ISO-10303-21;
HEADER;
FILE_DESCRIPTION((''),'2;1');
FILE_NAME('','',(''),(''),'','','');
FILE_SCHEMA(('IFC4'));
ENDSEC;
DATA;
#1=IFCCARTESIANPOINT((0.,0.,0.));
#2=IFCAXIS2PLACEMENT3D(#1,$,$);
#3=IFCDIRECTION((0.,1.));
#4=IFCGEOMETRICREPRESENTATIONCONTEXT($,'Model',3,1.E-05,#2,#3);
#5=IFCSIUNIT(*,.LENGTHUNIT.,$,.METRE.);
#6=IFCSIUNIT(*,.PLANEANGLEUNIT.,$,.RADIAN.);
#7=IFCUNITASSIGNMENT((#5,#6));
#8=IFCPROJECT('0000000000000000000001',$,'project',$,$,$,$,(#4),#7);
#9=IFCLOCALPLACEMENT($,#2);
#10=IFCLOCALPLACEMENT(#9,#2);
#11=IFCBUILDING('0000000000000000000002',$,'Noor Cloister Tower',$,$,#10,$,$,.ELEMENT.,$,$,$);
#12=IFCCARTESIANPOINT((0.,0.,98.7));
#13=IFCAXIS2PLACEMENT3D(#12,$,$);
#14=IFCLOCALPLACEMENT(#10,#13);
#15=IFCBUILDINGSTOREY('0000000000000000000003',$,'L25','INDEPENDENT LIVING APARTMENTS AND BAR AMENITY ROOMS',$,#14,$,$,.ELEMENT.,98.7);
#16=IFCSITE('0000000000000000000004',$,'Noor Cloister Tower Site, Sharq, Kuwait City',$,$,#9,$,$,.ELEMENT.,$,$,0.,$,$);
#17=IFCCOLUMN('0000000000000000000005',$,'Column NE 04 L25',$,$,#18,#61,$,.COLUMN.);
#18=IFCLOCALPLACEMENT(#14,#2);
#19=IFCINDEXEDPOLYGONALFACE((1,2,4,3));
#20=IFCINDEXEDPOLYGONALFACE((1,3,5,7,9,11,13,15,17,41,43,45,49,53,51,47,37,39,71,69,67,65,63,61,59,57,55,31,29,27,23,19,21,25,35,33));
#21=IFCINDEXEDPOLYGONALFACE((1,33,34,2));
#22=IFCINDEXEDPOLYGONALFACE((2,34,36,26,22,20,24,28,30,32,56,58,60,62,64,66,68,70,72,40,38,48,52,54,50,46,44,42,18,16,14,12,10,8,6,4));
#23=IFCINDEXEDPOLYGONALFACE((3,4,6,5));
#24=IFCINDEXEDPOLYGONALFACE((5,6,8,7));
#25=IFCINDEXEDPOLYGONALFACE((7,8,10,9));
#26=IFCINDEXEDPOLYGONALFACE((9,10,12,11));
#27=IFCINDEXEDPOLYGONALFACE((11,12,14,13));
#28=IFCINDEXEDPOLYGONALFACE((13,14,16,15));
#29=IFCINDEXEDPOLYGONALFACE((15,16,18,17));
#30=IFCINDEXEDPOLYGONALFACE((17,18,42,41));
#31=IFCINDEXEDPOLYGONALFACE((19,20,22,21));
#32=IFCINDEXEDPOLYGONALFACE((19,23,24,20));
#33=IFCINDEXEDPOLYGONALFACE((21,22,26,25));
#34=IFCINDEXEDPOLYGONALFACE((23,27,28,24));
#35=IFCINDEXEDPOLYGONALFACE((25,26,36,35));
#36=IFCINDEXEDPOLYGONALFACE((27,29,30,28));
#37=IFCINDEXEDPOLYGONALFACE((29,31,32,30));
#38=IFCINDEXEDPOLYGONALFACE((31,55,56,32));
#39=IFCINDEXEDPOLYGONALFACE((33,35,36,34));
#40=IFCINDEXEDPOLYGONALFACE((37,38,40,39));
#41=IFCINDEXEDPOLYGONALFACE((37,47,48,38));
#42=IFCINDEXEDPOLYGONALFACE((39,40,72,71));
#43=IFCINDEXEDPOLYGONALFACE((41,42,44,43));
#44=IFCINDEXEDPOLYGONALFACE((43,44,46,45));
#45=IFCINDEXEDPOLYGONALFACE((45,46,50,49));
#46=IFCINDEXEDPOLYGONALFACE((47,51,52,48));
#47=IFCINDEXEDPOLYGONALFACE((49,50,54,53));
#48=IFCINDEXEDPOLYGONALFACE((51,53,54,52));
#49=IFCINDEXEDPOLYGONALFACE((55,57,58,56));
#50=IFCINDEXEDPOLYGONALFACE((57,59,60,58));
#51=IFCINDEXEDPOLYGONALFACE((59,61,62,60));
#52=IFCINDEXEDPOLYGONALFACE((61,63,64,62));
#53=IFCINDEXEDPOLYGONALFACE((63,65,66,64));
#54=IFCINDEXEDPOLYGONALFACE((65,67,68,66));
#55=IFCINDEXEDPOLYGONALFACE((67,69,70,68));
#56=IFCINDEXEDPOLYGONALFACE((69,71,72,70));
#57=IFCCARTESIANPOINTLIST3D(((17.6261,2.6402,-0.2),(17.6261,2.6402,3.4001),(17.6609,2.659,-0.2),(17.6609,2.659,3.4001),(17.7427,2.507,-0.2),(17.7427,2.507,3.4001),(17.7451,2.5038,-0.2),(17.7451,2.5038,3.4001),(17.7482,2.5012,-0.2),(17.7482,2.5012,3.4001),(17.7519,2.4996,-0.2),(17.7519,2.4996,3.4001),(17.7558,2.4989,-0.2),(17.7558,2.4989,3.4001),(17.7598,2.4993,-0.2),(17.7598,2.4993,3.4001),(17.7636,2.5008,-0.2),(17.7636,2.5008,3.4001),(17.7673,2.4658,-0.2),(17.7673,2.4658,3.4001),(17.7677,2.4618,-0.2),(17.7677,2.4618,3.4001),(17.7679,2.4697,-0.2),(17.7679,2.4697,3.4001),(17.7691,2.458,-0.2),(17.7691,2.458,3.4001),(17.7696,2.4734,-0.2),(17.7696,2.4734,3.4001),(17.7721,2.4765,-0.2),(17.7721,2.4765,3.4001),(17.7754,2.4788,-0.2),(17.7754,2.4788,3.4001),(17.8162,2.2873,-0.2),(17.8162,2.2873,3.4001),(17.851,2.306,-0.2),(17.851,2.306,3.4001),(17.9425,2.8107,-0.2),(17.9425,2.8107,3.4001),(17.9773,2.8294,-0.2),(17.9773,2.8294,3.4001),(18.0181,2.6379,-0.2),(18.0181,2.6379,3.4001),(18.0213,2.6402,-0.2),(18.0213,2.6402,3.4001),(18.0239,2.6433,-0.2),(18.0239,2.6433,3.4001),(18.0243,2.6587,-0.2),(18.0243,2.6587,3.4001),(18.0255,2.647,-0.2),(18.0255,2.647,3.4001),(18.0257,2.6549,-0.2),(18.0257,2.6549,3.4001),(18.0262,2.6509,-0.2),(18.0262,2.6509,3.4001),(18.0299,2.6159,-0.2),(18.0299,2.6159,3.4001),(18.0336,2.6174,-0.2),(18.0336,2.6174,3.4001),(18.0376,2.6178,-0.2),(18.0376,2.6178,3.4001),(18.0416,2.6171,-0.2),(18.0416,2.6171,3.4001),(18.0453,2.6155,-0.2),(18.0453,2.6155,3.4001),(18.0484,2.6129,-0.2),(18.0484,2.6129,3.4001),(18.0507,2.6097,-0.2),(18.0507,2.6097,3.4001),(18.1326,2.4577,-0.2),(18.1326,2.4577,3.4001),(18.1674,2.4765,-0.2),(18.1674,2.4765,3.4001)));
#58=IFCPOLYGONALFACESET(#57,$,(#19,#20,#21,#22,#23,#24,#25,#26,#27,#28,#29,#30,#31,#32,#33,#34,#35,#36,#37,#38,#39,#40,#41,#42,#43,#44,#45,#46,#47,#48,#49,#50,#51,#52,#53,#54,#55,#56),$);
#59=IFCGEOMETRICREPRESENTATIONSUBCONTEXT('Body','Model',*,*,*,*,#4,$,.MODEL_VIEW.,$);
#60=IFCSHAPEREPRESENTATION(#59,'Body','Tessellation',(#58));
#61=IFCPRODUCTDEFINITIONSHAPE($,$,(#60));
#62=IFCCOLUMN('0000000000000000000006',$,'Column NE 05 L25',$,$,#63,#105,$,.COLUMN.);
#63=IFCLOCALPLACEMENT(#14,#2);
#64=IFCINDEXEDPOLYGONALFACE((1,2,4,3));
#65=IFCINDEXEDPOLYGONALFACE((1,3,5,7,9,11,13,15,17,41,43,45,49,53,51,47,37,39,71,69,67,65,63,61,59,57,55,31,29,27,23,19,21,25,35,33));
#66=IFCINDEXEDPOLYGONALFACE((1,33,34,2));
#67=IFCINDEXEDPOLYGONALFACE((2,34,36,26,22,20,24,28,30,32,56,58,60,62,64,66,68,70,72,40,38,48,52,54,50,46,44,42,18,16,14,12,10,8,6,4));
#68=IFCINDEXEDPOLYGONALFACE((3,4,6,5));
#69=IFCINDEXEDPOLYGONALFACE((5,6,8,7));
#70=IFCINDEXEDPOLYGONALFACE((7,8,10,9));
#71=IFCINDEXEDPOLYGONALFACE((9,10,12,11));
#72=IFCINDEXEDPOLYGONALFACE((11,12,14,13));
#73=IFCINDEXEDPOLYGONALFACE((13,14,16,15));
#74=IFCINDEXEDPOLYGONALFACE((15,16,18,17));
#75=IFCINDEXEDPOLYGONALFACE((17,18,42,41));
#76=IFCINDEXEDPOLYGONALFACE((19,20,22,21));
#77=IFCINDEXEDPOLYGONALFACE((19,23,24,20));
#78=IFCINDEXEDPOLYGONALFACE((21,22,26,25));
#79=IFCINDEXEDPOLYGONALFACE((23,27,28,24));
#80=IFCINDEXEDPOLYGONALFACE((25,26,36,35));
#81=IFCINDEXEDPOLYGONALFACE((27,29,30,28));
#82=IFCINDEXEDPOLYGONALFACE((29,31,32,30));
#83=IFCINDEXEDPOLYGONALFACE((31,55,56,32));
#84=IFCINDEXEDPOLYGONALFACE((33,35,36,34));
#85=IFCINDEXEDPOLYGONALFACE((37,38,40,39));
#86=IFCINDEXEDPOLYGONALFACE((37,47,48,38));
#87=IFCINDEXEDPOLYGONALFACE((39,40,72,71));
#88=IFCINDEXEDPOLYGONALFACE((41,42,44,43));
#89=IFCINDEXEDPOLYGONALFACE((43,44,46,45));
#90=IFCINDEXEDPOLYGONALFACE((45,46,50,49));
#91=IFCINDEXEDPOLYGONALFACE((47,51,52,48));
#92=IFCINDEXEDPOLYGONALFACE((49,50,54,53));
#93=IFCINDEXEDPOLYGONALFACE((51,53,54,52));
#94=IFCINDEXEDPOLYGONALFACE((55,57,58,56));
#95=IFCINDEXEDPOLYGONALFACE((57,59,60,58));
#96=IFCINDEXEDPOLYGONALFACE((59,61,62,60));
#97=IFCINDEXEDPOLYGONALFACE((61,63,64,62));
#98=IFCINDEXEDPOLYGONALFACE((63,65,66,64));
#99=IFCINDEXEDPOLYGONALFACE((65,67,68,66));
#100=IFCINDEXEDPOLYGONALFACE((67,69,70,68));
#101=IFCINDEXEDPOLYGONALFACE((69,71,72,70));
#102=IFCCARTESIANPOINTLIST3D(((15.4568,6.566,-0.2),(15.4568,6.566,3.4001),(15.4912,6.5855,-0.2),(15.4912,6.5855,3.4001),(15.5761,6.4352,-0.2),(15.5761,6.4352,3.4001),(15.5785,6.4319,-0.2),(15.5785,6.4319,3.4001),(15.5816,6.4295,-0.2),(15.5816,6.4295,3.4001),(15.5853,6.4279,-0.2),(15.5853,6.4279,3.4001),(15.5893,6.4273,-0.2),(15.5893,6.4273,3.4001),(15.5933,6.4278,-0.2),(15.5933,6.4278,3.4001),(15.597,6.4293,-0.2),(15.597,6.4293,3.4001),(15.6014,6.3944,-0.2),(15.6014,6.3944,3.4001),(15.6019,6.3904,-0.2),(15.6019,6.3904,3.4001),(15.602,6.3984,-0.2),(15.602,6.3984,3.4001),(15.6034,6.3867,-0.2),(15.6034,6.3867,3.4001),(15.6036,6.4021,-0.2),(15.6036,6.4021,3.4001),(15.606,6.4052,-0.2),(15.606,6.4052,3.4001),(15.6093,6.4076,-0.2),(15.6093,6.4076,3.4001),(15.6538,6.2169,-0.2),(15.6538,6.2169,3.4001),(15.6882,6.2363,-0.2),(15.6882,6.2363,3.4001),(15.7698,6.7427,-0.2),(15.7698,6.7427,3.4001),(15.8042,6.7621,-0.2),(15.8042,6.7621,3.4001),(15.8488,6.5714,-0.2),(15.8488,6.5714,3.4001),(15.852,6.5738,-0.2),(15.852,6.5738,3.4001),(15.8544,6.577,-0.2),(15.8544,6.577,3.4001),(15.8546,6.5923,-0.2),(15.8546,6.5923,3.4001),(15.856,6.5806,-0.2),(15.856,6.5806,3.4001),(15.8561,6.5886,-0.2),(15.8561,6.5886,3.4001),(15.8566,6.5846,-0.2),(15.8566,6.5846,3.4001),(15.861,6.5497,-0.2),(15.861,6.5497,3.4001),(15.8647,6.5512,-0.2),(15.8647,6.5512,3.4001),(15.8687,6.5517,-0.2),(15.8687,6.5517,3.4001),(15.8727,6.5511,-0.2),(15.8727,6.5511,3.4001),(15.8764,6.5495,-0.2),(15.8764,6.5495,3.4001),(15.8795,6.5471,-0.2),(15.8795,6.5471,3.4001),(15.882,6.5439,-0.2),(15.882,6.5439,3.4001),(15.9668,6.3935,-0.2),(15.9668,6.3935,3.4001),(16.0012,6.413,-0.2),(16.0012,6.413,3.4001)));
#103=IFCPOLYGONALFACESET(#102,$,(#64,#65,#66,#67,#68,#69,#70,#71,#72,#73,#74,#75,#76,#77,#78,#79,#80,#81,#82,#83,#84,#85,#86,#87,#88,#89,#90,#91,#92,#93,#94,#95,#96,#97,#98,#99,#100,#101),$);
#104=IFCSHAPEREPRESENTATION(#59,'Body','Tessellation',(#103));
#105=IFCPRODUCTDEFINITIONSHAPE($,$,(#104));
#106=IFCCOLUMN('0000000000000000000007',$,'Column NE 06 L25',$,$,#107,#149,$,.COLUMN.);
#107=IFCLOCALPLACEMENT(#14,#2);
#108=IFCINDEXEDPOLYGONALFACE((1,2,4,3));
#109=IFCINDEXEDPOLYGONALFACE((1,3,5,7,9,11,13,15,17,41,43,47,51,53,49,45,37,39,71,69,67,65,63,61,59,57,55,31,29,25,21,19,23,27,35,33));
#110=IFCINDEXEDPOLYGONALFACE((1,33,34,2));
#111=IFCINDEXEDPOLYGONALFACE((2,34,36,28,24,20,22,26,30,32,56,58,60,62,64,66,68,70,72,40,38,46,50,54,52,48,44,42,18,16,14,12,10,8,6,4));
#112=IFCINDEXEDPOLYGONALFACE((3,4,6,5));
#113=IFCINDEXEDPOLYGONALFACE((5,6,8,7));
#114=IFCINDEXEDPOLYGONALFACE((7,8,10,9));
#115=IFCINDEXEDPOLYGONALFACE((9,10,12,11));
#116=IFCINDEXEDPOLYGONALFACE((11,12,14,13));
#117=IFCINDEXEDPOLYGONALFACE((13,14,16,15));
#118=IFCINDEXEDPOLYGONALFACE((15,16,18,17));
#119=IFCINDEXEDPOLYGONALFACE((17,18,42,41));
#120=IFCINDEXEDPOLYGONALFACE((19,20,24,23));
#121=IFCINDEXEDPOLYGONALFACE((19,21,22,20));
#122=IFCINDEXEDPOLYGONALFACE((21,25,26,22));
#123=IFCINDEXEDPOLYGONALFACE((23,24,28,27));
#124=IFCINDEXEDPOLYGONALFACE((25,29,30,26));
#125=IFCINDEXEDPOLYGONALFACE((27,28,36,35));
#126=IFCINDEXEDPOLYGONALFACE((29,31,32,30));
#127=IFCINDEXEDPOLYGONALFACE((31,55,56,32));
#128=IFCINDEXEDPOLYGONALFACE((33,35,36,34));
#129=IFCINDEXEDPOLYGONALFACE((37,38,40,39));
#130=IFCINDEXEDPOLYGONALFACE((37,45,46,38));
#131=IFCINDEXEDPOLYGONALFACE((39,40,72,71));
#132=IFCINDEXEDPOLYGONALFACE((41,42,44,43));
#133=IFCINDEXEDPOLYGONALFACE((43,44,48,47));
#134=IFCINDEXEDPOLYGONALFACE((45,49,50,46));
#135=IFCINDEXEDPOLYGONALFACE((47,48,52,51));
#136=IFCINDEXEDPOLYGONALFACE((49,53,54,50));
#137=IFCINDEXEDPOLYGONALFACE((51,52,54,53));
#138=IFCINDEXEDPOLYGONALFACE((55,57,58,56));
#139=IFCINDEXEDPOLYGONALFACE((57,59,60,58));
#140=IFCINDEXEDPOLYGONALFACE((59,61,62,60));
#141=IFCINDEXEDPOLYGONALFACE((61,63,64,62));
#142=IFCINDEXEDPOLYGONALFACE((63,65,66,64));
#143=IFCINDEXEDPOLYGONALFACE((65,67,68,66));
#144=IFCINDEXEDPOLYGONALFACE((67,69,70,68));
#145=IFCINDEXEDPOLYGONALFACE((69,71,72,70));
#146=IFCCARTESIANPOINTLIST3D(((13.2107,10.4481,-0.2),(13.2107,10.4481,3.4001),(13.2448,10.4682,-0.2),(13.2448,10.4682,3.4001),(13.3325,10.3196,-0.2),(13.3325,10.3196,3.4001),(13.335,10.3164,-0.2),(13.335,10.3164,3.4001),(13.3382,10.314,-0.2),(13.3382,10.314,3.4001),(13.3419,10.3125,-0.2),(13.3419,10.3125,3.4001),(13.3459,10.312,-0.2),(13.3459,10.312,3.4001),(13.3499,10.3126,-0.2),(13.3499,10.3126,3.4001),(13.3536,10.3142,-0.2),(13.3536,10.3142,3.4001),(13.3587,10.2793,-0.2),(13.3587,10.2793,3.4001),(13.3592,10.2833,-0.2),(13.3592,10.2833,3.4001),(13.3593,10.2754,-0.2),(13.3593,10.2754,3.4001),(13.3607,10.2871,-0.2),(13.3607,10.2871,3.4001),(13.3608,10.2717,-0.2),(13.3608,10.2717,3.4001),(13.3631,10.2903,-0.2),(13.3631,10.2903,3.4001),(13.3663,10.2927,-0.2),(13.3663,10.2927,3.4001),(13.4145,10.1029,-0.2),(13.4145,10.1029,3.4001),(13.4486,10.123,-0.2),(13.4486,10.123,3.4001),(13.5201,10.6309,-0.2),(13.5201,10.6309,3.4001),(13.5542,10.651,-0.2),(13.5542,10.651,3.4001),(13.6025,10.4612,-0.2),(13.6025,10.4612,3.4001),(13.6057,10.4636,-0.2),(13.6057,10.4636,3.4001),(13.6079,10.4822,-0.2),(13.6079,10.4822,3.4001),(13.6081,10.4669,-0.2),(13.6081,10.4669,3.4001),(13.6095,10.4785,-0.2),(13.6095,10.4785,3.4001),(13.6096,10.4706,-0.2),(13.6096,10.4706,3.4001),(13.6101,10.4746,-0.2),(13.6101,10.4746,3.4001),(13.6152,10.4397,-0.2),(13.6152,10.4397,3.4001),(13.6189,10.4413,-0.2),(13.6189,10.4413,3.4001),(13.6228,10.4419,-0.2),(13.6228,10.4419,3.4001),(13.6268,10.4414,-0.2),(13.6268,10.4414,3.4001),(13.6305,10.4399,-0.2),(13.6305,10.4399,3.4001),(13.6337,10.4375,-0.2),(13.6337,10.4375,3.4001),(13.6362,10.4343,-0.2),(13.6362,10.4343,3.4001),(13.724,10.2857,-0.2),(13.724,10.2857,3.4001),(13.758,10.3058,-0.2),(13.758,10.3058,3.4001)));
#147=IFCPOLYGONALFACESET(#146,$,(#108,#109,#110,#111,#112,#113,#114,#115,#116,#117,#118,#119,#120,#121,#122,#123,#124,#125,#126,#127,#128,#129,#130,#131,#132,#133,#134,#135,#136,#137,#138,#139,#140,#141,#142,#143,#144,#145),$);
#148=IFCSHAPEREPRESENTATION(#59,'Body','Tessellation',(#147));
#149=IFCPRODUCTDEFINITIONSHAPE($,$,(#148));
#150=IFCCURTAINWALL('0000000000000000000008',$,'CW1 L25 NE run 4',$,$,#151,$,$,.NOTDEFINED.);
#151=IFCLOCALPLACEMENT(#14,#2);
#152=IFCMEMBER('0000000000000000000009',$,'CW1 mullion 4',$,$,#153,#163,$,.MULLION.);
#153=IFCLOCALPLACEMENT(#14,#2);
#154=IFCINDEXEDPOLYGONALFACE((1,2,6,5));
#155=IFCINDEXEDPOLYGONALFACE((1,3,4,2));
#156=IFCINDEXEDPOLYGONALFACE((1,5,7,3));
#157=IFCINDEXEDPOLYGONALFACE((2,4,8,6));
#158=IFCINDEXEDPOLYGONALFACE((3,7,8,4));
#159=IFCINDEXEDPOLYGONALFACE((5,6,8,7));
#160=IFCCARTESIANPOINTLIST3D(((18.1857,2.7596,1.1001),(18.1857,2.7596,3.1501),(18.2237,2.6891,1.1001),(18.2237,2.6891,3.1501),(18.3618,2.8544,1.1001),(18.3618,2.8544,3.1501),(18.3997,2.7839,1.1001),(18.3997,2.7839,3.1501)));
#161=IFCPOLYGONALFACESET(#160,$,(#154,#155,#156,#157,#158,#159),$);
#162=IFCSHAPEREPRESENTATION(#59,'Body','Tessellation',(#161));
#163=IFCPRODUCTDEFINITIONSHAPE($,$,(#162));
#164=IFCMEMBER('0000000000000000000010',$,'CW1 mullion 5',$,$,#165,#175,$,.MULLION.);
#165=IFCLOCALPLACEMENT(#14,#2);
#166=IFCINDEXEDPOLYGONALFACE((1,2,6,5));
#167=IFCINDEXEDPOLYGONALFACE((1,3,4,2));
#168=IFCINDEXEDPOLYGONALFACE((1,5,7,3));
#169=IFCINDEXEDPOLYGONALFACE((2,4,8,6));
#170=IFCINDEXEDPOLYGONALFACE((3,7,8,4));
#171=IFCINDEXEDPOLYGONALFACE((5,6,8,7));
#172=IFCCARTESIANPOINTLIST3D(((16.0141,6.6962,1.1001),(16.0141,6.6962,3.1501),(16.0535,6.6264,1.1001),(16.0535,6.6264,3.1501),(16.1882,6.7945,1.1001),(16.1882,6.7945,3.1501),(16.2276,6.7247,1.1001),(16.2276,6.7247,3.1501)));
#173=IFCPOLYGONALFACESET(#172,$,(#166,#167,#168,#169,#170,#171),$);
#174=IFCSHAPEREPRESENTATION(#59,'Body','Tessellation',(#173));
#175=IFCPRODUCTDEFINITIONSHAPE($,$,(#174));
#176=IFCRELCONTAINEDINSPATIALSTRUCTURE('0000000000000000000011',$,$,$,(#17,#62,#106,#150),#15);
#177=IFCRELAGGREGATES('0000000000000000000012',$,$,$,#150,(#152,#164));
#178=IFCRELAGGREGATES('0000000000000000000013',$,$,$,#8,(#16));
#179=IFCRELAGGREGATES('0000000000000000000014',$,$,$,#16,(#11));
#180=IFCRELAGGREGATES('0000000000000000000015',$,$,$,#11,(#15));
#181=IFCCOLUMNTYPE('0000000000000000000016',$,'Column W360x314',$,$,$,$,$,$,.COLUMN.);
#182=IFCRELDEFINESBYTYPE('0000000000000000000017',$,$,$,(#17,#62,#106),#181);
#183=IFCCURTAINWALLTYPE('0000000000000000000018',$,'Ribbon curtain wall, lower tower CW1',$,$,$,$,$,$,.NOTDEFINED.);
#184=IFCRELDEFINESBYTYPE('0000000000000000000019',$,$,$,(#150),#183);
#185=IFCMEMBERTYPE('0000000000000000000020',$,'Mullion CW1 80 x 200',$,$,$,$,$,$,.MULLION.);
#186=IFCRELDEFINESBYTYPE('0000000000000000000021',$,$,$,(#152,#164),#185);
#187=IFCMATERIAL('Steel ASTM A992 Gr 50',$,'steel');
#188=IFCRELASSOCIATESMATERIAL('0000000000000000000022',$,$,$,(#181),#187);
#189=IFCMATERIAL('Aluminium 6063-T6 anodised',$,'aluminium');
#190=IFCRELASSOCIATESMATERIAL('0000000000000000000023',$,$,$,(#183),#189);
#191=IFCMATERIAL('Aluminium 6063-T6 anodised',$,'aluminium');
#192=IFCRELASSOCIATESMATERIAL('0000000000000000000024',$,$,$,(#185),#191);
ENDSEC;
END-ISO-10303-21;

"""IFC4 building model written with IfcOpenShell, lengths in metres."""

from ifc_helpers import new_model, si_unit, direction, frame, origin, origin_2d, place, context, subcontext, project, spatial, rectangle, i_section, extrude, material, material_profile, profile_set, type_object, element, aggregate, save


model = new_model("IFC4")

# Units and contexts
model_context = context("Model", 3, precision=1e-05, world=origin(), true_north=direction((0.0, 1.0)))
body_context = subcontext(model_context, "Body", "Model", "MODEL_VIEW")
ifc_project = project(units=[si_unit("LENGTHUNIT", "METRE"), si_unit("PLANEANGLEUNIT", "RADIAN")], contexts=[model_context])

# Site, building, storey
site_placement = place(None, origin())
site = spatial("IfcSite", under=ifc_project, at=site_placement, Name="Noor Cloister Tower Site, Sharq, Kuwait City", CompositionType="ELEMENT", RefElevation=0.0)
building_placement = place(site_placement, origin())
building = spatial("IfcBuilding", under=site, at=building_placement, Name="Noor Cloister Tower", CompositionType="ELEMENT")
storey_placement = place(building_placement, frame((0.0, 0.0, 98.7)))
storey = spatial("IfcBuildingStorey", under=building, at=storey_placement, Name="L25", Description="INDEPENDENT LIVING APARTMENTS AND BAR AMENITY ROOMS", CompositionType="ELEMENT", Elevation=98.7)

# Columns
ifc_material_1 = material(Name="Steel ASTM A992 Gr 50", Category="steel")
ifc_material_profile_1 = material_profile(ifc_material_1, i_section(OverallWidth=0.4009, OverallDepth=0.3989, WebThickness=0.0249, FlangeThickness=0.0396, FilletRadius=0.0154, at=origin_2d()), Name="W360x314")
ifc_profile_set_1 = profile_set([ifc_material_profile_1], Name="Steel ASTM A992 Gr 50")
column_type = type_object("IfcColumnType", Name="Column W360x314", PredefinedType="COLUMN", material=ifc_profile_set_1)
for number, where, z_axis, x_axis, name in (
    (1, (17.8967, 2.5583, -0.2), (0.0, 0.0, 1.0), (-0.474216, 0.880408, 0.0), "Column NE 04 L25"),
    (2, (15.729, 6.4895, -0.2), (0.0, 0.0, 1.0), (-0.491453, 0.870904, 0.0), "Column NE 05 L25"),
    (3, (13.4844, 10.377, -0.2), (0.0, 0.0, 1.0), (-0.508499, 0.861063, 0.0), "Column NE 06 L25"),
):
    element("IfcColumn", number, at=place(storey_placement, frame(where, z_axis=z_axis, x_axis=x_axis)), inside=storey, type_object=column_type, Name=name, PredefinedType="COLUMN", context=body_context, shape_type="SweptSolid", body=[
        extrude(i_section(OverallWidth=0.4009, OverallDepth=0.3989, WebThickness=0.0249, FlangeThickness=0.0396, FilletRadius=0.0154, at=origin_2d()), origin(), (0.0, 0.0, 1.0), 3.6001),
    ])

# Curtain wall, members
ifc_material_2 = material(Name="Aluminium 6063-T6 anodised", Category="aluminium")
curtain_wall_type = type_object("IfcCurtainWallType", Name="Ribbon curtain wall, lower tower CW1", PredefinedType="NOTDEFINED", material=ifc_material_2)
curtain_wall_placement = place(storey_placement, origin())
curtain_wall = element("IfcCurtainWall", 4, at=curtain_wall_placement, inside=storey, type_object=curtain_wall_type, Name="CW1 L25 NE run 4", PredefinedType="NOTDEFINED")
ifc_material_3 = material(Name="Aluminium 6063-T6 anodised", Category="aluminium")
ifc_material_profile_2 = material_profile(ifc_material_3, rectangle(XDim=0.2, YDim=0.0801, at=origin_2d()), Name="200 x 80 mullion")
ifc_profile_set_2 = profile_set([ifc_material_profile_2], Name="Aluminium 6063-T6 anodised")
member_type = type_object("IfcMemberType", Name="Mullion CW1 80 x 200", PredefinedType="MULLION", material=ifc_profile_set_2)
member_1_placement = place(storey_placement, frame((18.2927, 2.7717, 1.1001), z_axis=(0.0, 0.0, 1.0), x_axis=(-0.880408, -0.474216, 0.0)))
member_1 = element("IfcMember", 5, at=member_1_placement, type_object=member_type, Name="CW1 mullion 4", PredefinedType="MULLION", context=body_context, shape_type="SweptSolid", body=[
    extrude(rectangle(XDim=0.2, YDim=0.0801, at=origin_2d()), origin(), (0.0, 0.0, 1.0), 2.05),
])
member_2_placement = place(storey_placement, frame((16.1208, 6.7104, 1.1001), z_axis=(0.0, 0.0, 1.0), x_axis=(-0.870904, -0.491453, 0.0)))
member_2 = element("IfcMember", 6, at=member_2_placement, type_object=member_type, Name="CW1 mullion 5", PredefinedType="MULLION", context=body_context, shape_type="SweptSolid", body=[
    extrude(rectangle(XDim=0.2, YDim=0.0801, at=origin_2d()), origin(), (0.0, 0.0, 1.0), 2.05),
])

aggregate(curtain_wall, [member_1, member_2])

save(model, "model.ifc")
